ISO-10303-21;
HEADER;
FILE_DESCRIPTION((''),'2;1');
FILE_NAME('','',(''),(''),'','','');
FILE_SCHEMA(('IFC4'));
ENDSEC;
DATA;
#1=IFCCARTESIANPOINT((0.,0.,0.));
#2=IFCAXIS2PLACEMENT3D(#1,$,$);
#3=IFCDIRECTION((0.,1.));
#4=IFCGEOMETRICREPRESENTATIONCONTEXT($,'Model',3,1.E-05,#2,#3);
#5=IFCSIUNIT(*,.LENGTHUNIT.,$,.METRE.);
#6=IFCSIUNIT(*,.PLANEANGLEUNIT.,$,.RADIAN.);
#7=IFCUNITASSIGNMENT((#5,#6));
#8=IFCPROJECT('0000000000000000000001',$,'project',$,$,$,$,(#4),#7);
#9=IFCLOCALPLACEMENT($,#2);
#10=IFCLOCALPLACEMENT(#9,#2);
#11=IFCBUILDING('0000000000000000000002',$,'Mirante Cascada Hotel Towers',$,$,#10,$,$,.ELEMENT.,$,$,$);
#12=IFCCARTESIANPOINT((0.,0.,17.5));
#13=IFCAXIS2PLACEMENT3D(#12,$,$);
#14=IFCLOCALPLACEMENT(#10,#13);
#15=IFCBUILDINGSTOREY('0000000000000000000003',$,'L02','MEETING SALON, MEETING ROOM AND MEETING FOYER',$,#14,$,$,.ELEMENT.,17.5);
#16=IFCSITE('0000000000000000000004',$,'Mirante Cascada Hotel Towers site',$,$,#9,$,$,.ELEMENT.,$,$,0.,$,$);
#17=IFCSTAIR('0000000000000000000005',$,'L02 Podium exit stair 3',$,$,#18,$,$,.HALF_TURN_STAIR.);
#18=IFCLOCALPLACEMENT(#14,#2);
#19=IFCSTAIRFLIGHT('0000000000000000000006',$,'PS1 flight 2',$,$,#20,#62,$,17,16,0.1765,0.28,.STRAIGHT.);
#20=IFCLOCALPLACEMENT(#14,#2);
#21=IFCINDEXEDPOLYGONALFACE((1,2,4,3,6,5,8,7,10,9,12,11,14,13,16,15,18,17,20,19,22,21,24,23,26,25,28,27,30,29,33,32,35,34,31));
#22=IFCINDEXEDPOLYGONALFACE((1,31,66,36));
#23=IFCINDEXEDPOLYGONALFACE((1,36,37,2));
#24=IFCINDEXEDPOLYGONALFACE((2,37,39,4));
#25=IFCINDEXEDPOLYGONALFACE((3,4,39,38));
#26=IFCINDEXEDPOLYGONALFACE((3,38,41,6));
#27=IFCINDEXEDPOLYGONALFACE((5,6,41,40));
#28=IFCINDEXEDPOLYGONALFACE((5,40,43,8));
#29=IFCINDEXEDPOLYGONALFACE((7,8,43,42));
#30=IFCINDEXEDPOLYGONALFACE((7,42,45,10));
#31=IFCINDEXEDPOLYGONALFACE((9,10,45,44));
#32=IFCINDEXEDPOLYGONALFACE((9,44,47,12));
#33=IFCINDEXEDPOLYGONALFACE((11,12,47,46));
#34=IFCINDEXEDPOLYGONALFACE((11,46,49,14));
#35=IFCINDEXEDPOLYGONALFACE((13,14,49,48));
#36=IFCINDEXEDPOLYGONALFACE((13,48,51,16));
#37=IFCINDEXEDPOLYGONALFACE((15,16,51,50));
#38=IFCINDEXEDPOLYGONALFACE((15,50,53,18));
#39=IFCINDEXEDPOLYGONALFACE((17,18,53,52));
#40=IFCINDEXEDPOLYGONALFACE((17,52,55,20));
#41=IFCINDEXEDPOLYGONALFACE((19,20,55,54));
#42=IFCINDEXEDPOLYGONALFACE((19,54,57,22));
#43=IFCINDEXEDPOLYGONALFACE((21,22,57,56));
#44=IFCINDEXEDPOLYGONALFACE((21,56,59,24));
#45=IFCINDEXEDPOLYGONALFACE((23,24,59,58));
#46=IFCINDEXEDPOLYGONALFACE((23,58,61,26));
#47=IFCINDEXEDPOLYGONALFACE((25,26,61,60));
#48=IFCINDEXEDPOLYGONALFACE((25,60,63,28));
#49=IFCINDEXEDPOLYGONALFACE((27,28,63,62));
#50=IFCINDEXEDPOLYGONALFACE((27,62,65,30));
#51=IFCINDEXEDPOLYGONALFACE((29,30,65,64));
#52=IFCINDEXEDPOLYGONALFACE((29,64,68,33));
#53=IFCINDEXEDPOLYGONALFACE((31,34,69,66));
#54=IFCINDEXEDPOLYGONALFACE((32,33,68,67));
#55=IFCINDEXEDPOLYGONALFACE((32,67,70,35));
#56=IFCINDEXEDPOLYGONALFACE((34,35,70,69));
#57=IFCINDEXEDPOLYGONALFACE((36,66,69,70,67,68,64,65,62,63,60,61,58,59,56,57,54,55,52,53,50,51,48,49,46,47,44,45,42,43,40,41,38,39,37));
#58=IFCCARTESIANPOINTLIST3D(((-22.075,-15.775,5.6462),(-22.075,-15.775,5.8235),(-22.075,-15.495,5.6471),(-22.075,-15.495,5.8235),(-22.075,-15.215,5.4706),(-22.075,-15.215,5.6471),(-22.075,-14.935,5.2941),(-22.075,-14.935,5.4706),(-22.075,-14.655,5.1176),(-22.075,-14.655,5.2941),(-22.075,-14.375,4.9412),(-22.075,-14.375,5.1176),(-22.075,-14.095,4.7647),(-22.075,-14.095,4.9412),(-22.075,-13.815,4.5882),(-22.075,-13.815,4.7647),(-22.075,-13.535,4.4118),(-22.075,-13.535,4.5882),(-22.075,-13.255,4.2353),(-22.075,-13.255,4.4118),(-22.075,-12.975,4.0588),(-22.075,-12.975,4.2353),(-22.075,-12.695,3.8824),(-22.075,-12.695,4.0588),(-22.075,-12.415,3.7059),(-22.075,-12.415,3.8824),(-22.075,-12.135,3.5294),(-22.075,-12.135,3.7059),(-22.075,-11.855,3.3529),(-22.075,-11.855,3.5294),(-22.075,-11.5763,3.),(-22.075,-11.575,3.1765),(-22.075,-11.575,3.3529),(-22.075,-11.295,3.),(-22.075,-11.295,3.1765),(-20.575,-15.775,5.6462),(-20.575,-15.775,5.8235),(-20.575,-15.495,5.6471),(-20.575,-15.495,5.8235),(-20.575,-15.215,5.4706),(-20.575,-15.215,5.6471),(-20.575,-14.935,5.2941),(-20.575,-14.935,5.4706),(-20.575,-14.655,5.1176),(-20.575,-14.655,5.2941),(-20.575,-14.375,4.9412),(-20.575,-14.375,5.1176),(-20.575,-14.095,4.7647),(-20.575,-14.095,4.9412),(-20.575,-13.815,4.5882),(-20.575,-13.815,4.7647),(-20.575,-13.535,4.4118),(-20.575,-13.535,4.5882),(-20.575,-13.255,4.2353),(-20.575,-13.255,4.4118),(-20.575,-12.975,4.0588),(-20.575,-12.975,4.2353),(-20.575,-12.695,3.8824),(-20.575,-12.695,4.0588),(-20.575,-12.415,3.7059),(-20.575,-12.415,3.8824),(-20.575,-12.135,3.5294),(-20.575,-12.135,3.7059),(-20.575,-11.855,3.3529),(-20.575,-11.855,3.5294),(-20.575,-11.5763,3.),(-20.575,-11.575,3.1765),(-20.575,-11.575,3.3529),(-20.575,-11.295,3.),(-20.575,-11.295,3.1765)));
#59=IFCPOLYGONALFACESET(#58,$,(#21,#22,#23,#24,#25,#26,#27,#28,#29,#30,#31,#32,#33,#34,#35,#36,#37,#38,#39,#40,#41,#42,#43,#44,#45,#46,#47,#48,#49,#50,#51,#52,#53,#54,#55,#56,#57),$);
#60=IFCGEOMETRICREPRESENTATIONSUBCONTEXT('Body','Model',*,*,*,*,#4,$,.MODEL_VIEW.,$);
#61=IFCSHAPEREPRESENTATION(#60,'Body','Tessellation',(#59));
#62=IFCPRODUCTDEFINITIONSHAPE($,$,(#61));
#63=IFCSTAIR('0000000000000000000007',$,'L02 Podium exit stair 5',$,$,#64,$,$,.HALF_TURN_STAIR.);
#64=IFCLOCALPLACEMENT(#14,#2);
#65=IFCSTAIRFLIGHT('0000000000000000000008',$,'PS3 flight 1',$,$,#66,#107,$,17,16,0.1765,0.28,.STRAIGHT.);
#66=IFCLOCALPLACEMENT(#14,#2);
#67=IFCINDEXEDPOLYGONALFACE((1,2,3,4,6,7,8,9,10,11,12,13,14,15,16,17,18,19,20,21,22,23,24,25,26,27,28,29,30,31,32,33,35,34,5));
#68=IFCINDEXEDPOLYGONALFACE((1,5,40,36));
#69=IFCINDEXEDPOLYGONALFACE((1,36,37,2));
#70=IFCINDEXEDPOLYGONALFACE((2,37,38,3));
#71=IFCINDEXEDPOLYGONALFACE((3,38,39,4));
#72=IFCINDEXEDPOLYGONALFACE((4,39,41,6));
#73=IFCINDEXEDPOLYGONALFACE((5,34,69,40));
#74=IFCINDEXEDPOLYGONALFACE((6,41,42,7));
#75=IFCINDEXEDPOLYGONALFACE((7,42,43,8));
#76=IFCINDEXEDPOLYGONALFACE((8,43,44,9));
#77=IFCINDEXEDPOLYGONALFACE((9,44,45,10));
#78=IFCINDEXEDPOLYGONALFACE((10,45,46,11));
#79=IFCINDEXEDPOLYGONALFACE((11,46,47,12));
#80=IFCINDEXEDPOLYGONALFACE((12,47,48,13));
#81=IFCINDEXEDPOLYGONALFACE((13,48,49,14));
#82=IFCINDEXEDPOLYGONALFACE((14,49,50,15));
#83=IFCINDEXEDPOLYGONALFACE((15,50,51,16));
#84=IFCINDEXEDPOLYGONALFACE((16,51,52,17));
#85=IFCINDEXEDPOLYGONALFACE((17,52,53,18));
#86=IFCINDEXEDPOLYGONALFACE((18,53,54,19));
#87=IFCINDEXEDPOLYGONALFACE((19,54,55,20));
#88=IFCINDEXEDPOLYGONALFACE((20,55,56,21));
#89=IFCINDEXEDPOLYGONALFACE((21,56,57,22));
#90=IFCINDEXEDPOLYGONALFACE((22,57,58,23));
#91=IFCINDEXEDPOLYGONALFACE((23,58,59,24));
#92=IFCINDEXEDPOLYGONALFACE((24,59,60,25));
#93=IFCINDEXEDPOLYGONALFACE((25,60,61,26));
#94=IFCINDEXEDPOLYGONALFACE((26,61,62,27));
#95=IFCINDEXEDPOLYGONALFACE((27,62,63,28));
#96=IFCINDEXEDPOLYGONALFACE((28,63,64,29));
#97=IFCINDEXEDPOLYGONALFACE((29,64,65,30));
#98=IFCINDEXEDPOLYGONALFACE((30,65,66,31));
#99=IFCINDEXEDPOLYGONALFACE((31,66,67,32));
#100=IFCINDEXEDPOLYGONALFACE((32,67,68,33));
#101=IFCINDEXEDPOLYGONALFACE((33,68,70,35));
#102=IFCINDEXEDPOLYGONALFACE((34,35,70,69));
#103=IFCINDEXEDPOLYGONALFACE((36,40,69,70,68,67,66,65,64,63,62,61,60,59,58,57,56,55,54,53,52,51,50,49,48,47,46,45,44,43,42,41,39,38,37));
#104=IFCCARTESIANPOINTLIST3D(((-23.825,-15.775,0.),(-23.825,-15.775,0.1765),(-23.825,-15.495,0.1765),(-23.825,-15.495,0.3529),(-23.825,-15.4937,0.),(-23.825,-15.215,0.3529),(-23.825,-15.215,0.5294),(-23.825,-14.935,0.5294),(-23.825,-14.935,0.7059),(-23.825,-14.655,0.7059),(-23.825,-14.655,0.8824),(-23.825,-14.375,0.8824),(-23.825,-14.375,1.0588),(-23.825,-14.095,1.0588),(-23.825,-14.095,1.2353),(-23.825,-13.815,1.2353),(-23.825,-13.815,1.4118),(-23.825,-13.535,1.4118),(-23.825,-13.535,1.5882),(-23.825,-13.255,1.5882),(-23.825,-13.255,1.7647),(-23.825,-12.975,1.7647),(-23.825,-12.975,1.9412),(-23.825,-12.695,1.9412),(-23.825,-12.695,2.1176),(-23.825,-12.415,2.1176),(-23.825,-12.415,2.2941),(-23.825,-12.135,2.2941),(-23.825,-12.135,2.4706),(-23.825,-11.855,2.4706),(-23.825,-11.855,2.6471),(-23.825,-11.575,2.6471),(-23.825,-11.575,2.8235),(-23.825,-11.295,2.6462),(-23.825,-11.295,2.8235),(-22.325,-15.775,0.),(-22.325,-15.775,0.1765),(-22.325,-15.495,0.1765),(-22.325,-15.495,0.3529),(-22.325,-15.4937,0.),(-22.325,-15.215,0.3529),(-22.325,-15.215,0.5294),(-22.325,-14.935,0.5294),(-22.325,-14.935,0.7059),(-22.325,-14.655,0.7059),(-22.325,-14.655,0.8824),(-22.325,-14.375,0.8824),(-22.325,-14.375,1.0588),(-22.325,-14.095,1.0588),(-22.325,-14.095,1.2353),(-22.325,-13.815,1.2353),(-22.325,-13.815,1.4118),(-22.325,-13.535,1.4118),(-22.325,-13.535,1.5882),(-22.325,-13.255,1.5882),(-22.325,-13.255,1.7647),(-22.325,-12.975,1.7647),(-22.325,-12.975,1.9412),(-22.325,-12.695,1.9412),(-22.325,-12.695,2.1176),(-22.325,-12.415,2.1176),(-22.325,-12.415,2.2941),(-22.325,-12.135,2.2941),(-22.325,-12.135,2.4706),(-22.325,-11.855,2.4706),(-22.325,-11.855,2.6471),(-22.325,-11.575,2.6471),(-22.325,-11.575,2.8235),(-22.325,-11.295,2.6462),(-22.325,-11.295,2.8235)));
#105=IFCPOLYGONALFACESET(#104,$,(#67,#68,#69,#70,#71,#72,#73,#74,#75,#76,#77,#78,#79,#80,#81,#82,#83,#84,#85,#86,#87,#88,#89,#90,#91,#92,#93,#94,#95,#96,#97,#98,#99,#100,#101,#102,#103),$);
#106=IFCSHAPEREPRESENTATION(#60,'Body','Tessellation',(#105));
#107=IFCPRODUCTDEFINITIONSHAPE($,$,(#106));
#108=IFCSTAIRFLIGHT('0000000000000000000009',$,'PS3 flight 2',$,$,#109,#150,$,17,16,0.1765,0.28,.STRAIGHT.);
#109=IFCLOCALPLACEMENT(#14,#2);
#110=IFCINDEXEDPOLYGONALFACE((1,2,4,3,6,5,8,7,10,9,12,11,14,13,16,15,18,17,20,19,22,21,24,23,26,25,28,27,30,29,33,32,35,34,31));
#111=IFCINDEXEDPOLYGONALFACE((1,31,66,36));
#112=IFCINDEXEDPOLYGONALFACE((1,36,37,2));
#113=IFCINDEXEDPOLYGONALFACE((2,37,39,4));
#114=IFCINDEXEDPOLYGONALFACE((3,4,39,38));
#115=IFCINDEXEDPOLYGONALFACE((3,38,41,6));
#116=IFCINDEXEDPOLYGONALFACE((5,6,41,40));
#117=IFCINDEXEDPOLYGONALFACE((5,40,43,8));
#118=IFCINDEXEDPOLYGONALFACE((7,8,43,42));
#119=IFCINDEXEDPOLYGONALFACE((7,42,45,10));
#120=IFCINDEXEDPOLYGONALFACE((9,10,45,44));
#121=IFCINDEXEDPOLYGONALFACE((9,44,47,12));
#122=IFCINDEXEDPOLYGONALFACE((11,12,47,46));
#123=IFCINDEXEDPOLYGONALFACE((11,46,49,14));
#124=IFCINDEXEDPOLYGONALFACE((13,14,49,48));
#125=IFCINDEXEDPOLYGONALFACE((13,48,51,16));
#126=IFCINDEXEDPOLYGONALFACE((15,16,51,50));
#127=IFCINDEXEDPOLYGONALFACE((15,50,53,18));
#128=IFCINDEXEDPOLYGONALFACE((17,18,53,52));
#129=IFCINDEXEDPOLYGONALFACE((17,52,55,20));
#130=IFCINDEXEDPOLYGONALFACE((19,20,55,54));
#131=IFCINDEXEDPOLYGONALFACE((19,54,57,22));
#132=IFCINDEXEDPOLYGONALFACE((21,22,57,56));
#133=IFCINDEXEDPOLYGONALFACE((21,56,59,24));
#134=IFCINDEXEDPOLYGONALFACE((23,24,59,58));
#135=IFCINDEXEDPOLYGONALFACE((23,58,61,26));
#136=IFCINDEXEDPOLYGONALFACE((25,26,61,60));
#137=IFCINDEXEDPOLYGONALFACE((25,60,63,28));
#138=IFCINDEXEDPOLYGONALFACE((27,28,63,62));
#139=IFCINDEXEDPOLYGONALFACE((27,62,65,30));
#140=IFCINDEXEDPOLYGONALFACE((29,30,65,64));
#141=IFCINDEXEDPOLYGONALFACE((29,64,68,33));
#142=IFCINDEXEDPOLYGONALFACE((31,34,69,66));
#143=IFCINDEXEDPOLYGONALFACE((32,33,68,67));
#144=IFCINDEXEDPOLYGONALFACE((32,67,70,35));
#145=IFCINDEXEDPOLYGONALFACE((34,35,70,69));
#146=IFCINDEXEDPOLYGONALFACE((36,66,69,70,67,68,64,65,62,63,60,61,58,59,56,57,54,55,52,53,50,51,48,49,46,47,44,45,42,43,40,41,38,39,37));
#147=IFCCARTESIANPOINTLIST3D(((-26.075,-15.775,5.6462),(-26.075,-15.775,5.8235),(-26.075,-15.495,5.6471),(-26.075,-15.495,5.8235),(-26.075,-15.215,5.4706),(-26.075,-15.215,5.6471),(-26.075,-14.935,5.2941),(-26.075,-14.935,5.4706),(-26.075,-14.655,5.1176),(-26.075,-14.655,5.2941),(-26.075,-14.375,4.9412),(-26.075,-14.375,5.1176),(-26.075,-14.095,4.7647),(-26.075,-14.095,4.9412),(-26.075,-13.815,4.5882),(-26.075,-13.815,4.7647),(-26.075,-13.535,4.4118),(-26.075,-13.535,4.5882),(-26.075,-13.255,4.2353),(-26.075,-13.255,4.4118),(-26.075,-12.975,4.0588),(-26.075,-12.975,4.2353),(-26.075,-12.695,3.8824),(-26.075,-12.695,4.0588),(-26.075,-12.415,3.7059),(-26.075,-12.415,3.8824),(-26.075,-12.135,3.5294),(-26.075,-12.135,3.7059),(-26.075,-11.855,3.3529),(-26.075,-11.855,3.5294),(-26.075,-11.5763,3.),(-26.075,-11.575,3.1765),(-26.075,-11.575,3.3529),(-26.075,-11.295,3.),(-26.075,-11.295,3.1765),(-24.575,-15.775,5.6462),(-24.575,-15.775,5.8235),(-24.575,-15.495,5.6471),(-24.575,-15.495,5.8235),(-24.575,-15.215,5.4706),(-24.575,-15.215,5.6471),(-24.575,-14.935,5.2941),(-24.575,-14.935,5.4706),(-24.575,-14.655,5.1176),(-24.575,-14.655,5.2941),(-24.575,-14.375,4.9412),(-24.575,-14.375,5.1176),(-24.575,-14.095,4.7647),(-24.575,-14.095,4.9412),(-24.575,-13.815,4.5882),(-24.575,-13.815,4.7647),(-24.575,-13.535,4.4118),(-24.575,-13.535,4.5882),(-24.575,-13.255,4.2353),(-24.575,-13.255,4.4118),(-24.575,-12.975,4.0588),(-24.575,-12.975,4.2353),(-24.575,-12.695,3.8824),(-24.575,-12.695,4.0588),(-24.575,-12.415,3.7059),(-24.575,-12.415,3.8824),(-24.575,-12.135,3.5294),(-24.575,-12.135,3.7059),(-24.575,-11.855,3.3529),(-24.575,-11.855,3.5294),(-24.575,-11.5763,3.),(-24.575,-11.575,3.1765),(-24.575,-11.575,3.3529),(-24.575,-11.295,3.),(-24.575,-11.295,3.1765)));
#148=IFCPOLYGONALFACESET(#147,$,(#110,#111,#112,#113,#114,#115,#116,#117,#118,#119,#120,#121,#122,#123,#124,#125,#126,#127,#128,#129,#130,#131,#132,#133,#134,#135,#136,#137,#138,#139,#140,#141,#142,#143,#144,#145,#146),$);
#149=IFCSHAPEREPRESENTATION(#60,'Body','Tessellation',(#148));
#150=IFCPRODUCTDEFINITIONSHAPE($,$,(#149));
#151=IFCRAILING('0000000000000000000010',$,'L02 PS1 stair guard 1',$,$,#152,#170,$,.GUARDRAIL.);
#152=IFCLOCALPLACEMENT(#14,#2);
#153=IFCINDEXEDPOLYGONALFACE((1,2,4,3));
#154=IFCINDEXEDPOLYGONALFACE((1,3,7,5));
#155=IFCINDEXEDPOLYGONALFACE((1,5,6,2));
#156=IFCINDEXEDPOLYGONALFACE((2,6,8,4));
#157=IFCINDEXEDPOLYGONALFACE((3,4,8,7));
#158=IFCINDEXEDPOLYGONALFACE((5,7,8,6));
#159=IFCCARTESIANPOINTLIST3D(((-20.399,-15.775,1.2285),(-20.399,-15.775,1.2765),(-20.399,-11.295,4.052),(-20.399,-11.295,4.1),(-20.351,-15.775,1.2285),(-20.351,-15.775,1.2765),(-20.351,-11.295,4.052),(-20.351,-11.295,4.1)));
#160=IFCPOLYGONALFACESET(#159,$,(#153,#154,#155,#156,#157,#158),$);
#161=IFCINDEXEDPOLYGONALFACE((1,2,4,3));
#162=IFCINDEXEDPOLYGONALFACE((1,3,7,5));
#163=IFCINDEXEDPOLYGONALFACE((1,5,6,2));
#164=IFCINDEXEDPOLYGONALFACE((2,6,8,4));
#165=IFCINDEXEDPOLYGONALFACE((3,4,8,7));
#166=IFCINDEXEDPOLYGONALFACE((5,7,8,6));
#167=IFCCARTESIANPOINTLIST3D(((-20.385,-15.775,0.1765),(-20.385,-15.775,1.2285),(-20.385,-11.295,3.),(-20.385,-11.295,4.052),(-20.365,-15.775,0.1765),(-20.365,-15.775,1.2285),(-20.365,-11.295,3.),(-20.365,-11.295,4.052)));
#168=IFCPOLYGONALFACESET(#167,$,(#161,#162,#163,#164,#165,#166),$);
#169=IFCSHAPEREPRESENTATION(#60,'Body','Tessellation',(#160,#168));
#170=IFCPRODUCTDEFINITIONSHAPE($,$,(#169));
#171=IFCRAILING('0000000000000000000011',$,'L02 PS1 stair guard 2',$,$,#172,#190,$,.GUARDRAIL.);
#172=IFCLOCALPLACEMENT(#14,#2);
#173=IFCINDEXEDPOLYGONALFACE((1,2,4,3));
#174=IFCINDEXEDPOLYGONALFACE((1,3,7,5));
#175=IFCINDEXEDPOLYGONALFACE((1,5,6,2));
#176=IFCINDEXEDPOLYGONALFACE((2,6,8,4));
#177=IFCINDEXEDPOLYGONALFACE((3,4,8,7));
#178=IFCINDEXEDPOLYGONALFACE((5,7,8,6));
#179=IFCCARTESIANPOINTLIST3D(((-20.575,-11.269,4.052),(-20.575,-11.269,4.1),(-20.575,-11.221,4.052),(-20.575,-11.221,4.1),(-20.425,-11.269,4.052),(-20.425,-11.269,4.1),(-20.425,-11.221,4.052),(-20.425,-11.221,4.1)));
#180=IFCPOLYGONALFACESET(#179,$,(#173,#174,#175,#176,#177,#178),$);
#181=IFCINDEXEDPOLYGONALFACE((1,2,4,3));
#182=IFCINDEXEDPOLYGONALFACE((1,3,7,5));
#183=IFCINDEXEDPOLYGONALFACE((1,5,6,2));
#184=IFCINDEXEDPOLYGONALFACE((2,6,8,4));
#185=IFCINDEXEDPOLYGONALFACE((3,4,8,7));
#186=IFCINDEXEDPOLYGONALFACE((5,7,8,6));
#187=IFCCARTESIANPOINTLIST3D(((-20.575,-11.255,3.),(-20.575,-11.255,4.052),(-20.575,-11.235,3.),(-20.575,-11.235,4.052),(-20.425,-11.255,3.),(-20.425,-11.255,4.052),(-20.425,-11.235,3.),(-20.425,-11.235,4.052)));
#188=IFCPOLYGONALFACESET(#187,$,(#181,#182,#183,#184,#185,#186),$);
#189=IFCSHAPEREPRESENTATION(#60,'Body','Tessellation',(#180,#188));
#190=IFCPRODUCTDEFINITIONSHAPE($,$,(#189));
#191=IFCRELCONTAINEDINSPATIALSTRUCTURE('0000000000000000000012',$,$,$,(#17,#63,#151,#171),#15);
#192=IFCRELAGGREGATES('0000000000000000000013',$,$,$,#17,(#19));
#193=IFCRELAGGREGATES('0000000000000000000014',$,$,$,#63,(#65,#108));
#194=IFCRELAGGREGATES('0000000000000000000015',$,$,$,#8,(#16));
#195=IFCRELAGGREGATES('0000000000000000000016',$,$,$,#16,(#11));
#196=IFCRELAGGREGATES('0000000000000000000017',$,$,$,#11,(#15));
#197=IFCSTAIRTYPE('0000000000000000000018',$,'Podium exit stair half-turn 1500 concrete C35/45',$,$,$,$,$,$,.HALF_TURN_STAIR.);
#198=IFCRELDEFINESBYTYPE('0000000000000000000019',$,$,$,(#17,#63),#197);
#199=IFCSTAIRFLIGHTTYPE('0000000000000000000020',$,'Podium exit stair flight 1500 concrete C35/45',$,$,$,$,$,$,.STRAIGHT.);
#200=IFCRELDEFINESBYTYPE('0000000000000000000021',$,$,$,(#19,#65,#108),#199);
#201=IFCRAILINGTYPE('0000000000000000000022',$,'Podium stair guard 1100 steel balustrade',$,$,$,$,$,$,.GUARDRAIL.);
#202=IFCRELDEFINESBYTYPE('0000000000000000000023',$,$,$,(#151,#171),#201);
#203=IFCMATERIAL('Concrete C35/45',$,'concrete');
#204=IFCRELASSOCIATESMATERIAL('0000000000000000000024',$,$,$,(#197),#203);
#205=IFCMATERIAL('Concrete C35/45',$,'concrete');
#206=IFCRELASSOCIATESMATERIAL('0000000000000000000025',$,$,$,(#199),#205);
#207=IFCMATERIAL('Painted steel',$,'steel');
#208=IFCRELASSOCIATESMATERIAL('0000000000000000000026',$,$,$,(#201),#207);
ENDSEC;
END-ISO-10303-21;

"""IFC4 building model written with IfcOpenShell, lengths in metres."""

from ifc_helpers import new_model, si_unit, direction, frame, origin, origin_2d, place, context, subcontext, project, spatial, polyline, rectangle, outline, extrude, material, type_object, element, aggregate, save


model = new_model("IFC4")

# Units and contexts
model_context = context("Model", 3, precision=1e-05, world=origin(), true_north=direction((0.0, 1.0)))
body_context = subcontext(model_context, "Body", "Model", "MODEL_VIEW")
ifc_project = project(units=[si_unit("LENGTHUNIT", "METRE"), si_unit("PLANEANGLEUNIT", "RADIAN")], contexts=[model_context])

# Site, building, storey
site_placement = place(None, origin())
site = spatial("IfcSite", under=ifc_project, at=site_placement, Name="Mirante Cascada Hotel Towers site", CompositionType="ELEMENT", RefElevation=0.0)
building_placement = place(site_placement, origin())
building = spatial("IfcBuilding", under=site, at=building_placement, Name="Mirante Cascada Hotel Towers", CompositionType="ELEMENT")
storey_placement = place(building_placement, frame((0.0, 0.0, 17.5)))
storey = spatial("IfcBuildingStorey", under=building, at=storey_placement, Name="L02", Description="MEETING SALON, MEETING ROOM AND MEETING FOYER", CompositionType="ELEMENT", Elevation=17.5)

# Stairs, stair flights
ifc_material_1 = material(Name="Concrete C35/45", Category="concrete")
stair_type = type_object("IfcStairType", Name="Podium exit stair half-turn 1500 concrete C35/45", PredefinedType="HALF_TURN_STAIR", material=ifc_material_1)
stair_1_placement = place(storey_placement, origin())
stair_1 = element("IfcStair", 1, at=stair_1_placement, inside=storey, type_object=stair_type, Name="L02 Podium exit stair 3", PredefinedType="HALF_TURN_STAIR")
ifc_material_2 = material(Name="Concrete C35/45", Category="concrete")
stair_flight_type = type_object("IfcStairFlightType", Name="Podium exit stair flight 1500 concrete C35/45", PredefinedType="STRAIGHT", material=ifc_material_2)
stair_flight_1_placement = place(storey_placement, frame((-21.325, -11.295, 3.0), z_axis=(0.0, 0.0, 1.0), x_axis=(0.0, -1.0, 0.0)))
stair_flight_1 = element("IfcStairFlight", 2, at=stair_flight_1_placement, type_object=stair_flight_type, Name="PS1 flight 2", NumberOfRisers=17, NumberOfTreads=16, PredefinedType="STRAIGHT", RiserHeight=0.1765, TreadLength=0.28, context=body_context, shape_type="SweptSolid", body=[
    extrude(outline(polyline([(0.0, 0.0), (0.0, 0.1765), (0.28, 0.1765), (0.28, 0.3529), (0.56, 0.3529), (0.56, 0.5294), (0.84, 0.5294), (0.84, 0.7059), (1.12, 0.7059), (1.12, 0.8824), (1.4, 0.8824), (1.4, 1.0588), (1.68, 1.0588), (1.68, 1.2353), (1.96, 1.2353), (1.96, 1.4118), (2.24, 1.4118), (2.24, 1.5882), (2.52, 1.5882), (2.52, 1.7647), (2.8, 1.7647), (2.8, 1.9412), (3.08, 1.9412), (3.08, 2.1176), (3.36, 2.1176), (3.36, 2.2941), (3.64, 2.2941), (3.64, 2.4706), (3.92, 2.4706), (3.92, 2.6471), (4.2, 2.6471), (4.2, 2.8235), (4.48, 2.8235), (4.48, 3.0), (4.48, 2.6462), (0.2813, 0.0), (0.0, 0.0)])), frame((0.0, 0.75, 0.0), z_axis=(0.0, -1.0, 0.0), x_axis=(1.0, 0.0, 0.0)), (0.0, 0.0, 1.0), 1.5),
])
aggregate(stair_1, [stair_flight_1])
stair_2_placement = place(storey_placement, origin())
stair_2 = element("IfcStair", 3, at=stair_2_placement, inside=storey, type_object=stair_type, Name="L02 Podium exit stair 5", PredefinedType="HALF_TURN_STAIR")
stair_flight_2_placement = place(storey_placement, frame((-23.075, -15.775, 0.0), z_axis=(0.0, 0.0, 1.0), x_axis=(0.0, 1.0, 0.0)))
stair_flight_2 = element("IfcStairFlight", 4, at=stair_flight_2_placement, type_object=stair_flight_type, Name="PS3 flight 1", NumberOfRisers=17, NumberOfTreads=16, PredefinedType="STRAIGHT", RiserHeight=0.1765, TreadLength=0.28, context=body_context, shape_type="SweptSolid", body=[
    extrude(outline(polyline([(0.0, 0.0), (0.0, 0.1765), (0.28, 0.1765), (0.28, 0.3529), (0.56, 0.3529), (0.56, 0.5294), (0.84, 0.5294), (0.84, 0.7059), (1.12, 0.7059), (1.12, 0.8824), (1.4, 0.8824), (1.4, 1.0588), (1.68, 1.0588), (1.68, 1.2353), (1.96, 1.2353), (1.96, 1.4118), (2.24, 1.4118), (2.24, 1.5882), (2.52, 1.5882), (2.52, 1.7647), (2.8, 1.7647), (2.8, 1.9412), (3.08, 1.9412), (3.08, 2.1176), (3.36, 2.1176), (3.36, 2.2941), (3.64, 2.2941), (3.64, 2.4706), (3.92, 2.4706), (3.92, 2.6471), (4.2, 2.6471), (4.2, 2.8235), (4.48, 2.8235), (4.48, 3.0), (4.48, 2.6462), (0.2813, 0.0), (0.0, 0.0)])), frame((0.0, 0.75, 0.0), z_axis=(0.0, -1.0, 0.0), x_axis=(1.0, 0.0, 0.0)), (0.0, 0.0, 1.0), 1.5),
])
stair_flight_3_placement = place(storey_placement, frame((-25.325, -11.295, 3.0), z_axis=(0.0, 0.0, 1.0), x_axis=(0.0, -1.0, 0.0)))
stair_flight_3 = element("IfcStairFlight", 5, at=stair_flight_3_placement, type_object=stair_flight_type, Name="PS3 flight 2", NumberOfRisers=17, NumberOfTreads=16, PredefinedType="STRAIGHT", RiserHeight=0.1765, TreadLength=0.28, context=body_context, shape_type="SweptSolid", body=[
    extrude(outline(polyline([(0.0, 0.0), (0.0, 0.1765), (0.28, 0.1765), (0.28, 0.3529), (0.56, 0.3529), (0.56, 0.5294), (0.84, 0.5294), (0.84, 0.7059), (1.12, 0.7059), (1.12, 0.8824), (1.4, 0.8824), (1.4, 1.0588), (1.68, 1.0588), (1.68, 1.2353), (1.96, 1.2353), (1.96, 1.4118), (2.24, 1.4118), (2.24, 1.5882), (2.52, 1.5882), (2.52, 1.7647), (2.8, 1.7647), (2.8, 1.9412), (3.08, 1.9412), (3.08, 2.1176), (3.36, 2.1176), (3.36, 2.2941), (3.64, 2.2941), (3.64, 2.4706), (3.92, 2.4706), (3.92, 2.6471), (4.2, 2.6471), (4.2, 2.8235), (4.48, 2.8235), (4.48, 3.0), (4.48, 2.6462), (0.2813, 0.0), (0.0, 0.0)])), frame((0.0, 0.75, 0.0), z_axis=(0.0, -1.0, 0.0), x_axis=(1.0, 0.0, 0.0)), (0.0, 0.0, 1.0), 1.5),
])
aggregate(stair_2, [stair_flight_2, stair_flight_3])

# Railings
ifc_material_3 = material(Name="Painted steel", Category="steel")
railing_type_1 = type_object("IfcRailingType", Name="Podium stair guard 1100 steel balustrade", PredefinedType="GUARDRAIL", material=ifc_material_3)
railing_1_placement = place(storey_placement, frame((-20.375, -15.775, 0.1765)))
element("IfcRailing", 6, at=railing_1_placement, inside=storey, type_object=railing_type_1, Name="L02 PS1 stair guard 1", PredefinedType="GUARDRAIL", context=body_context, shape_type="SweptSolid", body=[
    extrude(rectangle(XDim=0.048, YDim=0.048, at=origin_2d()), frame((0.0, 0.0, 1.076), z_axis=(0.0, 1.0, 0.0), x_axis=(-1.0, 0.0, 0.0)), (0.0, 0.533186, 0.845998), 5.2955),
    extrude(rectangle(XDim=0.02, YDim=1.052, at=origin_2d()), frame((0.0, 0.0, 0.526), z_axis=(0.0, 1.0, 0.0), x_axis=(-1.0, 0.0, 0.0)), (0.0, 0.533186, 0.845998), 5.2955),
])
railing_2_placement = place(storey_placement, frame((-20.425, -11.245, 3.0)))
element("IfcRailing", 7, at=railing_2_placement, inside=storey, type_object=railing_type_1, Name="L02 PS1 stair guard 2", PredefinedType="GUARDRAIL", context=body_context, shape_type="SweptSolid", body=[
    extrude(rectangle(XDim=0.048, YDim=0.048, at=origin_2d()), frame((0.0, 0.0, 1.076), z_axis=(-1.0, 0.0, 0.0), x_axis=(0.0, -1.0, 0.0)), (0.0, 0.0, 1.0), 0.15),
    extrude(rectangle(XDim=0.02, YDim=1.052, at=origin_2d()), frame((0.0, 0.0, 0.526), z_axis=(-1.0, 0.0, 0.0), x_axis=(0.0, -1.0, 0.0)), (0.0, 0.0, 1.0), 0.15),
])

save(model, "model.ifc")
